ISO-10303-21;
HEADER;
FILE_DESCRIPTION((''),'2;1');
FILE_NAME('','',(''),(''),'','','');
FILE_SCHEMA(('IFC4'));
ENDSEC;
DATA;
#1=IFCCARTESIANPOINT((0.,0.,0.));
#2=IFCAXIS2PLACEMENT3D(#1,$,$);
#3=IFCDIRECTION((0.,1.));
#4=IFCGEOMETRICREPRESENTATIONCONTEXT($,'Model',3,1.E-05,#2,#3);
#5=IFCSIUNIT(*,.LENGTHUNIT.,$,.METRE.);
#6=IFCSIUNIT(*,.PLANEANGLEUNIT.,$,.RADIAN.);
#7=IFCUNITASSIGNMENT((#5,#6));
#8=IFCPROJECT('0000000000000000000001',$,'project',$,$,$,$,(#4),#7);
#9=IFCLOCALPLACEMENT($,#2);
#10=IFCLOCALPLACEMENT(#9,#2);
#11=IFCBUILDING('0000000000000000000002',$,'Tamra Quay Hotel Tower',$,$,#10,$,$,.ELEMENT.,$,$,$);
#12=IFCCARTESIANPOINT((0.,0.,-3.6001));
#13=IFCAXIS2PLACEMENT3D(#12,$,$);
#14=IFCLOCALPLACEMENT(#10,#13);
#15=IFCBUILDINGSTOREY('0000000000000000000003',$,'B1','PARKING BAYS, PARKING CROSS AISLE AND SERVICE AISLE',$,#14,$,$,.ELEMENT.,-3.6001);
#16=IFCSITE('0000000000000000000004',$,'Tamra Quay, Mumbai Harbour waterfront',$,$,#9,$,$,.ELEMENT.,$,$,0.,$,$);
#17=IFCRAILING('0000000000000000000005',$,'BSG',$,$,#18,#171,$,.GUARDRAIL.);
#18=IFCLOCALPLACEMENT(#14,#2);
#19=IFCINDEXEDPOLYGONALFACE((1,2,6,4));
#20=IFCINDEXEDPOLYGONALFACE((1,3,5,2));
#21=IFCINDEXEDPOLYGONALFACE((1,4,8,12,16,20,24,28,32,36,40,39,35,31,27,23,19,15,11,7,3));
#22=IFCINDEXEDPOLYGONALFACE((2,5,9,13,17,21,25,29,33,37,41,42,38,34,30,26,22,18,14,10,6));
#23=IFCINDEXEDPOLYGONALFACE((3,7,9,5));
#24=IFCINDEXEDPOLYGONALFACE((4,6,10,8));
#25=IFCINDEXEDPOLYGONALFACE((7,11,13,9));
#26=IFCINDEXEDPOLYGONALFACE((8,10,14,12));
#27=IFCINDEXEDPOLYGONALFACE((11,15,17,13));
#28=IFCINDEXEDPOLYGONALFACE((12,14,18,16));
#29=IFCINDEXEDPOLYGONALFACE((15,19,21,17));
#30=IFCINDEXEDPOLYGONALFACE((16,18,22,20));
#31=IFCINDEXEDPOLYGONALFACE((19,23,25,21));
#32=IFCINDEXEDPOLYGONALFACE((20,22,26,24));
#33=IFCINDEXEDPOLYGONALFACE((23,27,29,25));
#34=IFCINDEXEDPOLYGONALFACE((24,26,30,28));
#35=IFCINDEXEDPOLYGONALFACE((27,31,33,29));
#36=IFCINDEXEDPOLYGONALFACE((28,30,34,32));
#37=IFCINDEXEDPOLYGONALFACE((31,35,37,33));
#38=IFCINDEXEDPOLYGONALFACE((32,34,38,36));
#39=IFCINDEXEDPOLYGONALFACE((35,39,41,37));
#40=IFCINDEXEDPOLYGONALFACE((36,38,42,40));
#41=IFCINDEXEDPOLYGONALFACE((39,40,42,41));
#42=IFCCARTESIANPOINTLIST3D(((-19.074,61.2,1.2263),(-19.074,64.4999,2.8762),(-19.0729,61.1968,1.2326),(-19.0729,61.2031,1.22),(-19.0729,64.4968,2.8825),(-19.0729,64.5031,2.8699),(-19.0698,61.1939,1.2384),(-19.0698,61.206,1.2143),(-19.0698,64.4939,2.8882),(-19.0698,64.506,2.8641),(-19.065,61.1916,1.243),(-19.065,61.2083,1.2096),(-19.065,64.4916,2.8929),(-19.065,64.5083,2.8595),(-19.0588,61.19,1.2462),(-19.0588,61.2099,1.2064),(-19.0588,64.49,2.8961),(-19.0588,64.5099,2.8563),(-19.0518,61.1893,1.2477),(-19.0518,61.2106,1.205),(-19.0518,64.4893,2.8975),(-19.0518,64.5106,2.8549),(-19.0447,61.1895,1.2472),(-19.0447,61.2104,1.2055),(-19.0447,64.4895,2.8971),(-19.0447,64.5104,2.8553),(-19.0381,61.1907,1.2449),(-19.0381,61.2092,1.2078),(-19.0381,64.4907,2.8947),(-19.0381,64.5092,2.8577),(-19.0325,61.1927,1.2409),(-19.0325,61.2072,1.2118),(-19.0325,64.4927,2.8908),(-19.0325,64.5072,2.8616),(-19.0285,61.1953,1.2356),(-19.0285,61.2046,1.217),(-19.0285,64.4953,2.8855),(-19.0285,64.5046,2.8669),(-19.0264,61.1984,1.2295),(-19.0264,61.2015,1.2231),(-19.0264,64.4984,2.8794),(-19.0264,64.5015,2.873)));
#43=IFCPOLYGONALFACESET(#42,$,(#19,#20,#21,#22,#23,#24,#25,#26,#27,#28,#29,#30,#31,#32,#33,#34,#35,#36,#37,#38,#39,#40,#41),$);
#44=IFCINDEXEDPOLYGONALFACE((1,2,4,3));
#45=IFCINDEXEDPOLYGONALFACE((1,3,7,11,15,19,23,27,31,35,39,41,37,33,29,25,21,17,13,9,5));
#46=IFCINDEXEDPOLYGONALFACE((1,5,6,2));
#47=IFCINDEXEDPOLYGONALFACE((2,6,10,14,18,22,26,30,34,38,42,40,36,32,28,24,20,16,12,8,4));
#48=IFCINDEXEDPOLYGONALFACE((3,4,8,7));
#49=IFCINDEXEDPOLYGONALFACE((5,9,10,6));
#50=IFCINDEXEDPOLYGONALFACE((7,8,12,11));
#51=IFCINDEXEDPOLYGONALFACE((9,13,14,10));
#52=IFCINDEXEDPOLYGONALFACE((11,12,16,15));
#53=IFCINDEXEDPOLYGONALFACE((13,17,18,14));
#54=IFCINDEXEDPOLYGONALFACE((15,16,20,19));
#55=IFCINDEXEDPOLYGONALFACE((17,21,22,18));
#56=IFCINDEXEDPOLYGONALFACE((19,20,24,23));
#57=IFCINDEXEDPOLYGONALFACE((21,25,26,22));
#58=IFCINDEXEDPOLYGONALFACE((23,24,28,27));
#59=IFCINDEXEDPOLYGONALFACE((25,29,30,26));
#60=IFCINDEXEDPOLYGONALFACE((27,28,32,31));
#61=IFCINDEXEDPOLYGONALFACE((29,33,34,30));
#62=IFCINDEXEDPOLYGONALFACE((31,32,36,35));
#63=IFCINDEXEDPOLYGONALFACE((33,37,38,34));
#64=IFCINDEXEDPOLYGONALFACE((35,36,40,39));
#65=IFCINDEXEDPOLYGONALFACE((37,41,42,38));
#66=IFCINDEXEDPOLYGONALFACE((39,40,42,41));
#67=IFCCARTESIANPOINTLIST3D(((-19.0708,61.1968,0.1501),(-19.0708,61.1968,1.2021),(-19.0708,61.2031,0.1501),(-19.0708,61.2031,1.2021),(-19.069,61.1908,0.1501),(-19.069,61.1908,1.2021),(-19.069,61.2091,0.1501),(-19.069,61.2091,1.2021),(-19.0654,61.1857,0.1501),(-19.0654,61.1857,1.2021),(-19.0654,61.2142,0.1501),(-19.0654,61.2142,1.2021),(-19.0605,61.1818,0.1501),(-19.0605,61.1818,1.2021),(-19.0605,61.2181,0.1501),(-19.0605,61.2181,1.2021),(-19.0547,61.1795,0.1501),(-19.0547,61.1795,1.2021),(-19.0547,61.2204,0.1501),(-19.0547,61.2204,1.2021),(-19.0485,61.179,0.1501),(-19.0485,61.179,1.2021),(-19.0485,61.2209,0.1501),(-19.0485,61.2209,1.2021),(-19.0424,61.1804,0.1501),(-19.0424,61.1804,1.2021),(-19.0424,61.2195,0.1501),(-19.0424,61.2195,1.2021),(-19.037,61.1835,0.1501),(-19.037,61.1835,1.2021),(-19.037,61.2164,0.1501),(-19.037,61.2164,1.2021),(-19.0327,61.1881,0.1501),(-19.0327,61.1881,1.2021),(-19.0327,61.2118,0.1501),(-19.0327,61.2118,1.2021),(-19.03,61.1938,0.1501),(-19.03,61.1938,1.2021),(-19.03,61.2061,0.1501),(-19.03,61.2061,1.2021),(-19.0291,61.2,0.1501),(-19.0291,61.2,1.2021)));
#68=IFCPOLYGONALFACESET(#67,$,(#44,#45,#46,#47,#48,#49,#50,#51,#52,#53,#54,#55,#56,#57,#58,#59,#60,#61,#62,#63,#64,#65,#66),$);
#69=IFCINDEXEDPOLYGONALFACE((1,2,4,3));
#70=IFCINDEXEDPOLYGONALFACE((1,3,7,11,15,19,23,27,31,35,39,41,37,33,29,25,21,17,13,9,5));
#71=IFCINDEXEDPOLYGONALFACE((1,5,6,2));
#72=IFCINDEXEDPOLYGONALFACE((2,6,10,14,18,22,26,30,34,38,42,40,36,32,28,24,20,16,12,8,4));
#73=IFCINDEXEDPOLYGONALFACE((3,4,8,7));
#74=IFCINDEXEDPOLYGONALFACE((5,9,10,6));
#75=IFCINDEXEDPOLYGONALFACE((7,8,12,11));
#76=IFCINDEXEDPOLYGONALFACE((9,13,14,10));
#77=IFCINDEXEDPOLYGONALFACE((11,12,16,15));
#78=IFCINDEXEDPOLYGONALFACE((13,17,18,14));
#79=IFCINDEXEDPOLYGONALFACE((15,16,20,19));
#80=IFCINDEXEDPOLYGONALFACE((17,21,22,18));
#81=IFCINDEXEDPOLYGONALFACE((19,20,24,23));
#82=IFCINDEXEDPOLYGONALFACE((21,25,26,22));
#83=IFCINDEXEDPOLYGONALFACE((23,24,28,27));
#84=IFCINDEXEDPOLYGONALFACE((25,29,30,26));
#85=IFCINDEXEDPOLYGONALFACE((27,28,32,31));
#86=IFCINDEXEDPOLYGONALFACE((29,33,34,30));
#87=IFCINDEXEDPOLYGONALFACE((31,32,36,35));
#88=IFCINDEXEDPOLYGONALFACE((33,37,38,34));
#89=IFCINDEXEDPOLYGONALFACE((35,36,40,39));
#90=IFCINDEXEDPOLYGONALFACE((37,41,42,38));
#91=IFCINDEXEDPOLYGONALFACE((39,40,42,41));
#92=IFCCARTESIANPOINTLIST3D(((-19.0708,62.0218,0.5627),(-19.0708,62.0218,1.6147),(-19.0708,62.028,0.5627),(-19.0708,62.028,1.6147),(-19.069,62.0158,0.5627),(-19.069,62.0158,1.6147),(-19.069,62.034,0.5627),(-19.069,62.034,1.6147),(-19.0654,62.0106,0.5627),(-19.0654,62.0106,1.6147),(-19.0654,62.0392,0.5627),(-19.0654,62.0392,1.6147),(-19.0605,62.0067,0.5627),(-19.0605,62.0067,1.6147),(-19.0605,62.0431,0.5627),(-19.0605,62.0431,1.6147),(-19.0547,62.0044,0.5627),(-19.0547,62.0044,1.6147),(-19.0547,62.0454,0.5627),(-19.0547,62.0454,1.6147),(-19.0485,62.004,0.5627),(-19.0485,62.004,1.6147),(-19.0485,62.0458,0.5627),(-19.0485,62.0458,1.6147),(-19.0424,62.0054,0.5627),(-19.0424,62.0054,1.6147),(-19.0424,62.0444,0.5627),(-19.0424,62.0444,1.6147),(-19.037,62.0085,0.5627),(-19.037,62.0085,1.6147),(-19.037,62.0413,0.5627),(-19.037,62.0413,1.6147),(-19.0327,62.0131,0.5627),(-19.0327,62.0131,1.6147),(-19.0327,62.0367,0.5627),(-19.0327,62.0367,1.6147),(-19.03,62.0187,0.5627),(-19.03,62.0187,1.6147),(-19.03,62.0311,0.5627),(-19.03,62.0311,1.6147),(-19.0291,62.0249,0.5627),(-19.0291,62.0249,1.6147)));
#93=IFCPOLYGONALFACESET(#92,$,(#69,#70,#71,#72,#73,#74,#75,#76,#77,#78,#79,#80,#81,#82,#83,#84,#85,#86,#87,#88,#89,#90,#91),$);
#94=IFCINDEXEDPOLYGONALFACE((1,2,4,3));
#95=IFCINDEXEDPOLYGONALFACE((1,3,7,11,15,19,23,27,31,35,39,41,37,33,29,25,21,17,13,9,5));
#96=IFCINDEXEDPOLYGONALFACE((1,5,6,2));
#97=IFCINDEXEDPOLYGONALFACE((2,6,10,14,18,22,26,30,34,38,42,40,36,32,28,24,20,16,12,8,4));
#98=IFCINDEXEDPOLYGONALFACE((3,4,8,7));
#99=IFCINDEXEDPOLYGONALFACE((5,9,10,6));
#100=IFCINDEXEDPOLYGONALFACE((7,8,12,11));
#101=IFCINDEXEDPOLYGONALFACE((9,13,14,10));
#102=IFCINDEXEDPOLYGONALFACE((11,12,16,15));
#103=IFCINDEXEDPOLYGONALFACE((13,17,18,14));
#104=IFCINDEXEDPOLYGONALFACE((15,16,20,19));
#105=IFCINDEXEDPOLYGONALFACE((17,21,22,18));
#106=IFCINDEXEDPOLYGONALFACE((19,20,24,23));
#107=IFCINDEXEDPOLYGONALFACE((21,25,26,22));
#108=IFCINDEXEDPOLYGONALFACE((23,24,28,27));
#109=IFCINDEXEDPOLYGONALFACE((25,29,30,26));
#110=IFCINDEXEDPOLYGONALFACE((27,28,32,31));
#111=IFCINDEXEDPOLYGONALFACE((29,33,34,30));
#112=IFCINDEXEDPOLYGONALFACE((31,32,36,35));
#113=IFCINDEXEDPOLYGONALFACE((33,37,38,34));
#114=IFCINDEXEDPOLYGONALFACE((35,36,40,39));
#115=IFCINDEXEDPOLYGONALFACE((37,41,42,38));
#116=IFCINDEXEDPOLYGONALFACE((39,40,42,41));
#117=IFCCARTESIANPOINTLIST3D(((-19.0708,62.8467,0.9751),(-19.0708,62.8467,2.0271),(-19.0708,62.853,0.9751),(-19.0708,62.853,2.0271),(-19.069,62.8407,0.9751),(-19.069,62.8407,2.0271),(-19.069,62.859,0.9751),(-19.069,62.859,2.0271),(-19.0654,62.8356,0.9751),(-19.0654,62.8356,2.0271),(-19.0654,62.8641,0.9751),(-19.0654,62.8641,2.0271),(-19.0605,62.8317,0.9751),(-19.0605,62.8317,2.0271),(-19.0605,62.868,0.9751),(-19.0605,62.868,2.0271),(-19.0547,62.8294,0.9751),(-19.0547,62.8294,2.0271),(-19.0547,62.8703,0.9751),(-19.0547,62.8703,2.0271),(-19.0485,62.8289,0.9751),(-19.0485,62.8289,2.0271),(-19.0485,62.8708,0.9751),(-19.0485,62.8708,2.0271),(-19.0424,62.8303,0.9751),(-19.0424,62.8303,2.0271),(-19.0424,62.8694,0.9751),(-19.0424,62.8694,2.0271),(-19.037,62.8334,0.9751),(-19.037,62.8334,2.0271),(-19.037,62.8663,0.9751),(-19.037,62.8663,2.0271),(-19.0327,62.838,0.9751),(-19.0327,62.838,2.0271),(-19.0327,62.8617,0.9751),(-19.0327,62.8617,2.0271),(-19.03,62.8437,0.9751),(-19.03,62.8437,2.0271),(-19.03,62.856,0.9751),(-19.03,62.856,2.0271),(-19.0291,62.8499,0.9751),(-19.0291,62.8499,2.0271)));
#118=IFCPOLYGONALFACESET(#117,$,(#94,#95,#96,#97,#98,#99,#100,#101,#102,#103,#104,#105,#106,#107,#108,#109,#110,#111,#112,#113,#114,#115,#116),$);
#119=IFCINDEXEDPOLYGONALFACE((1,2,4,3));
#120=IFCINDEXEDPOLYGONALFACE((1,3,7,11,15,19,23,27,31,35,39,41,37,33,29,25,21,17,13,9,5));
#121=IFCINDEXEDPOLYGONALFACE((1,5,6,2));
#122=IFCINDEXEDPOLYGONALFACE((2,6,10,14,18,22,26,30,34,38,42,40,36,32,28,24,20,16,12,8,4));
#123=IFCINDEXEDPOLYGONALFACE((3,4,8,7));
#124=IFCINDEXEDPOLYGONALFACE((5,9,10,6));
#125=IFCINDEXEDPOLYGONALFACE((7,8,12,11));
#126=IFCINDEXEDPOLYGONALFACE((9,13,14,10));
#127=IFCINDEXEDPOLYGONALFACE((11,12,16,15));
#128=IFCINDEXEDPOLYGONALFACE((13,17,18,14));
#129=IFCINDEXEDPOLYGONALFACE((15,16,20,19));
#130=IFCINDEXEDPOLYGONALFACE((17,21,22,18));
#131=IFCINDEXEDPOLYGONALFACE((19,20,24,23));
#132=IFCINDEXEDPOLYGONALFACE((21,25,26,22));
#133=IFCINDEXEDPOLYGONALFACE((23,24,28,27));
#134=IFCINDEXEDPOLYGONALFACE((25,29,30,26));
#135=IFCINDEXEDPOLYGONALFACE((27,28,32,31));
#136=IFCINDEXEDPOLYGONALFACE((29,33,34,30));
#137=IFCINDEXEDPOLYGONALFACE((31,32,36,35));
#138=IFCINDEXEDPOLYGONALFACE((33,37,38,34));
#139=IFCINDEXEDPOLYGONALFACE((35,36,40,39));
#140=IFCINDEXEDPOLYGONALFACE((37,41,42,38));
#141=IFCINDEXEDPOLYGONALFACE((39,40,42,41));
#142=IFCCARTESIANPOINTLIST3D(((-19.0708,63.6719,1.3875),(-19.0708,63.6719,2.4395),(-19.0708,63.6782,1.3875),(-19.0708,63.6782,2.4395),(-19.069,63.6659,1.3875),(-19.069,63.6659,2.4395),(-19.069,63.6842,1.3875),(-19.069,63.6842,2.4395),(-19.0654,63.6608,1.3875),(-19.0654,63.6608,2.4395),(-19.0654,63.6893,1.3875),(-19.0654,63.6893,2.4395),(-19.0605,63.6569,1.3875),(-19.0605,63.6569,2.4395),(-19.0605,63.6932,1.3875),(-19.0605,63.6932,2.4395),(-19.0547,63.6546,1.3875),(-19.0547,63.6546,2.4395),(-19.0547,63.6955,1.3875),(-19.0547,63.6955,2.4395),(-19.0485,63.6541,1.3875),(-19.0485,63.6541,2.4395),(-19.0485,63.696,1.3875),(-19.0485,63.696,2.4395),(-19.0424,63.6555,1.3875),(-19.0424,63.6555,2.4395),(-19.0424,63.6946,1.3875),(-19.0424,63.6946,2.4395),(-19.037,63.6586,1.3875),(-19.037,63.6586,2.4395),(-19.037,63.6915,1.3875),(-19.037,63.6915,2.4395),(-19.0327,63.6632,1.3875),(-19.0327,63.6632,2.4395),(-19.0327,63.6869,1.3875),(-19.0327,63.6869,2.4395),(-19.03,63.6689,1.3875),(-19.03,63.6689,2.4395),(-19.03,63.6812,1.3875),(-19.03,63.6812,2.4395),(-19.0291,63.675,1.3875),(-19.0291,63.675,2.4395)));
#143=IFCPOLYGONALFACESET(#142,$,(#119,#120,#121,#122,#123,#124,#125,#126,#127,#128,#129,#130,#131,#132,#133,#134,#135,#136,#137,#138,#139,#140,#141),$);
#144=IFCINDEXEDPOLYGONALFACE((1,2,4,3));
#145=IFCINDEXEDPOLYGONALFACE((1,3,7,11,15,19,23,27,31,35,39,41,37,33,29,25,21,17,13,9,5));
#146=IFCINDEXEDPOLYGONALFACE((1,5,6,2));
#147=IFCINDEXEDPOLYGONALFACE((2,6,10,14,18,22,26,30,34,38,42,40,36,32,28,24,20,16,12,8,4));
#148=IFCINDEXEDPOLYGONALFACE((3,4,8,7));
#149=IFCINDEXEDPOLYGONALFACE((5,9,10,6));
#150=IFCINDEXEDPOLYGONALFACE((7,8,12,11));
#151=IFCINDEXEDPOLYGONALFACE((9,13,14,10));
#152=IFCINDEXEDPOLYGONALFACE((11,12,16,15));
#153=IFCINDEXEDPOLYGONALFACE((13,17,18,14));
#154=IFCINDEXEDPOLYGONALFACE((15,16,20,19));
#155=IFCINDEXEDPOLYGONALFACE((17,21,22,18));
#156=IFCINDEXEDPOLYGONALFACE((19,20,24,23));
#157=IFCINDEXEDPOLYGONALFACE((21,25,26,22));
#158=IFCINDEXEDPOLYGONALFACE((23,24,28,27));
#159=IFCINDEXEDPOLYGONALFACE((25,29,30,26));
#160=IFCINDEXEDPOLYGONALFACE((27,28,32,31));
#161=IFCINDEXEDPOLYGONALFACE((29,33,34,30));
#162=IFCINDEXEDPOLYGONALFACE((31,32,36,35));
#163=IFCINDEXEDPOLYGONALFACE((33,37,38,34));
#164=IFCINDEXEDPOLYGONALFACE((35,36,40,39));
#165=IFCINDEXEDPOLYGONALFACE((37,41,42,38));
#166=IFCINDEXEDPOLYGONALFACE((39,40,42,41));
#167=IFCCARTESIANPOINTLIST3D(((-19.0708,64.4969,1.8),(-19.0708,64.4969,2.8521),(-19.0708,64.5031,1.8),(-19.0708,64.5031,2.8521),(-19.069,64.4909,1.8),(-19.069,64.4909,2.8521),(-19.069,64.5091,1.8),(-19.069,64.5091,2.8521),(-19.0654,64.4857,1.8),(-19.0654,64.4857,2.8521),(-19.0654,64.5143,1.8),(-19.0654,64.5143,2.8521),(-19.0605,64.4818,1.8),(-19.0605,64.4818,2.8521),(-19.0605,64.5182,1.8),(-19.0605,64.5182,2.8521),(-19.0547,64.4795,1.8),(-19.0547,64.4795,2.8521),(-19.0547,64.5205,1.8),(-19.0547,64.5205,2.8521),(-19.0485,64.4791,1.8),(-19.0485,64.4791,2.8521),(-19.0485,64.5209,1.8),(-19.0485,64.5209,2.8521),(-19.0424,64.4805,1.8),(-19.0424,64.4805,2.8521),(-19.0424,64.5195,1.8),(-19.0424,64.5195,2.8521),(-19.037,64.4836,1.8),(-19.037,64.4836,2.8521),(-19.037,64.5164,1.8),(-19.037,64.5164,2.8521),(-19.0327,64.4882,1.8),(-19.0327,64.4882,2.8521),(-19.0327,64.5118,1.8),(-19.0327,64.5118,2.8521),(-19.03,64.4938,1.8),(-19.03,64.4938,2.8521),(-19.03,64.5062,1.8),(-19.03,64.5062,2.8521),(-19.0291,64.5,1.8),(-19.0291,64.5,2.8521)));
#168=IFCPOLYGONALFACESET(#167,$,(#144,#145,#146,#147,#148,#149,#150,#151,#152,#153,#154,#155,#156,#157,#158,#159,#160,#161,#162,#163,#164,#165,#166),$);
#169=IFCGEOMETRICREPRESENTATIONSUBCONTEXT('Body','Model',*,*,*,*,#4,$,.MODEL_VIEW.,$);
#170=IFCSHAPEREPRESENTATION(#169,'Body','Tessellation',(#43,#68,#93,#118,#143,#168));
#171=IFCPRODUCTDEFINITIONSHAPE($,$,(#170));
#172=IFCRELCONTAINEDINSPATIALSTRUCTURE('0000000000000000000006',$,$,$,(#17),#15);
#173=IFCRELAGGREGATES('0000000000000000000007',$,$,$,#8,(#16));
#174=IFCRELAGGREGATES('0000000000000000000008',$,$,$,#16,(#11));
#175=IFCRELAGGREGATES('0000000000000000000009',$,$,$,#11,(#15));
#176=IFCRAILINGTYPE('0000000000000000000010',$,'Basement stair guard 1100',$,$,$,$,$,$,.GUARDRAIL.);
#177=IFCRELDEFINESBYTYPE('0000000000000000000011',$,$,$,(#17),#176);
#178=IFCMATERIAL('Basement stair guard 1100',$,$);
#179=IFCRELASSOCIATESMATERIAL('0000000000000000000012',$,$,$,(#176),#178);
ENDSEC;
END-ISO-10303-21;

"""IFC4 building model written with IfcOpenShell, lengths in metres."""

from ifc_helpers import new_model, si_unit, direction, frame, origin, origin_2d, place, context, subcontext, project, spatial, circle, extrude, material, type_object, element, save


model = new_model("IFC4")

# Units and contexts
model_context = context("Model", 3, precision=1e-05, world=origin(), true_north=direction((0.0, 1.0)))
body_context = subcontext(model_context, "Body", "Model", "MODEL_VIEW")
ifc_project = project(units=[si_unit("LENGTHUNIT", "METRE"), si_unit("PLANEANGLEUNIT", "RADIAN")], contexts=[model_context])

# Site, building, storey
site_placement = place(None, origin())
site = spatial("IfcSite", under=ifc_project, at=site_placement, Name="Tamra Quay, Mumbai Harbour waterfront", CompositionType="ELEMENT", RefElevation=0.0)
building_placement = place(site_placement, origin())
building = spatial("IfcBuilding", under=site, at=building_placement, Name="Tamra Quay Hotel Tower", CompositionType="ELEMENT")
storey_placement = place(building_placement, frame((0.0, 0.0, -3.6001)))
storey = spatial("IfcBuildingStorey", under=building, at=storey_placement, Name="B1", Description="PARKING BAYS, PARKING CROSS AISLE AND SERVICE AISLE", CompositionType="ELEMENT", Elevation=-3.6001)

# Railing
ifc_material_1 = material(Name="Basement stair guard 1100")
railing_type_1 = type_object("IfcRailingType", Name="Basement stair guard 1100", PredefinedType="GUARDRAIL", material=ifc_material_1)
railing_1_placement = place(storey_placement, frame((-19.05, 61.2, 0.1501)))
element("IfcRailing", 1, at=railing_1_placement, inside=storey, type_object=railing_type_1, Name="BSG", PredefinedType="GUARDRAIL", context=body_context, shape_type="SweptSolid", body=[
    extrude(circle(Radius=0.0239, at=origin_2d()), frame((0.0, 0.0, 1.0762), z_axis=(0.0, 0.89444, 0.447187), x_axis=(-1.0, 0.0, 0.0)), (0.0, 0.0, 1.0), 3.6895),
    extrude(circle(Radius=0.021, at=origin_2d()), origin(), (0.0, 0.0, 1.0), 1.052),
    extrude(circle(Radius=0.021, at=origin_2d()), frame((0.0, 0.825, 0.4126)), (0.0, 0.0, 1.0), 1.052),
    extrude(circle(Radius=0.021, at=origin_2d()), frame((0.0, 1.6499, 0.825)), (0.0, 0.0, 1.0), 1.052),
    extrude(circle(Radius=0.021, at=origin_2d()), frame((0.0, 2.4751, 1.2373)), (0.0, 0.0, 1.0), 1.052),
    extrude(circle(Radius=0.021, at=origin_2d()), frame((0.0, 3.3, 1.6499)), (0.0, 0.0, 1.0), 1.052),
])

save(model, "model.ifc")
